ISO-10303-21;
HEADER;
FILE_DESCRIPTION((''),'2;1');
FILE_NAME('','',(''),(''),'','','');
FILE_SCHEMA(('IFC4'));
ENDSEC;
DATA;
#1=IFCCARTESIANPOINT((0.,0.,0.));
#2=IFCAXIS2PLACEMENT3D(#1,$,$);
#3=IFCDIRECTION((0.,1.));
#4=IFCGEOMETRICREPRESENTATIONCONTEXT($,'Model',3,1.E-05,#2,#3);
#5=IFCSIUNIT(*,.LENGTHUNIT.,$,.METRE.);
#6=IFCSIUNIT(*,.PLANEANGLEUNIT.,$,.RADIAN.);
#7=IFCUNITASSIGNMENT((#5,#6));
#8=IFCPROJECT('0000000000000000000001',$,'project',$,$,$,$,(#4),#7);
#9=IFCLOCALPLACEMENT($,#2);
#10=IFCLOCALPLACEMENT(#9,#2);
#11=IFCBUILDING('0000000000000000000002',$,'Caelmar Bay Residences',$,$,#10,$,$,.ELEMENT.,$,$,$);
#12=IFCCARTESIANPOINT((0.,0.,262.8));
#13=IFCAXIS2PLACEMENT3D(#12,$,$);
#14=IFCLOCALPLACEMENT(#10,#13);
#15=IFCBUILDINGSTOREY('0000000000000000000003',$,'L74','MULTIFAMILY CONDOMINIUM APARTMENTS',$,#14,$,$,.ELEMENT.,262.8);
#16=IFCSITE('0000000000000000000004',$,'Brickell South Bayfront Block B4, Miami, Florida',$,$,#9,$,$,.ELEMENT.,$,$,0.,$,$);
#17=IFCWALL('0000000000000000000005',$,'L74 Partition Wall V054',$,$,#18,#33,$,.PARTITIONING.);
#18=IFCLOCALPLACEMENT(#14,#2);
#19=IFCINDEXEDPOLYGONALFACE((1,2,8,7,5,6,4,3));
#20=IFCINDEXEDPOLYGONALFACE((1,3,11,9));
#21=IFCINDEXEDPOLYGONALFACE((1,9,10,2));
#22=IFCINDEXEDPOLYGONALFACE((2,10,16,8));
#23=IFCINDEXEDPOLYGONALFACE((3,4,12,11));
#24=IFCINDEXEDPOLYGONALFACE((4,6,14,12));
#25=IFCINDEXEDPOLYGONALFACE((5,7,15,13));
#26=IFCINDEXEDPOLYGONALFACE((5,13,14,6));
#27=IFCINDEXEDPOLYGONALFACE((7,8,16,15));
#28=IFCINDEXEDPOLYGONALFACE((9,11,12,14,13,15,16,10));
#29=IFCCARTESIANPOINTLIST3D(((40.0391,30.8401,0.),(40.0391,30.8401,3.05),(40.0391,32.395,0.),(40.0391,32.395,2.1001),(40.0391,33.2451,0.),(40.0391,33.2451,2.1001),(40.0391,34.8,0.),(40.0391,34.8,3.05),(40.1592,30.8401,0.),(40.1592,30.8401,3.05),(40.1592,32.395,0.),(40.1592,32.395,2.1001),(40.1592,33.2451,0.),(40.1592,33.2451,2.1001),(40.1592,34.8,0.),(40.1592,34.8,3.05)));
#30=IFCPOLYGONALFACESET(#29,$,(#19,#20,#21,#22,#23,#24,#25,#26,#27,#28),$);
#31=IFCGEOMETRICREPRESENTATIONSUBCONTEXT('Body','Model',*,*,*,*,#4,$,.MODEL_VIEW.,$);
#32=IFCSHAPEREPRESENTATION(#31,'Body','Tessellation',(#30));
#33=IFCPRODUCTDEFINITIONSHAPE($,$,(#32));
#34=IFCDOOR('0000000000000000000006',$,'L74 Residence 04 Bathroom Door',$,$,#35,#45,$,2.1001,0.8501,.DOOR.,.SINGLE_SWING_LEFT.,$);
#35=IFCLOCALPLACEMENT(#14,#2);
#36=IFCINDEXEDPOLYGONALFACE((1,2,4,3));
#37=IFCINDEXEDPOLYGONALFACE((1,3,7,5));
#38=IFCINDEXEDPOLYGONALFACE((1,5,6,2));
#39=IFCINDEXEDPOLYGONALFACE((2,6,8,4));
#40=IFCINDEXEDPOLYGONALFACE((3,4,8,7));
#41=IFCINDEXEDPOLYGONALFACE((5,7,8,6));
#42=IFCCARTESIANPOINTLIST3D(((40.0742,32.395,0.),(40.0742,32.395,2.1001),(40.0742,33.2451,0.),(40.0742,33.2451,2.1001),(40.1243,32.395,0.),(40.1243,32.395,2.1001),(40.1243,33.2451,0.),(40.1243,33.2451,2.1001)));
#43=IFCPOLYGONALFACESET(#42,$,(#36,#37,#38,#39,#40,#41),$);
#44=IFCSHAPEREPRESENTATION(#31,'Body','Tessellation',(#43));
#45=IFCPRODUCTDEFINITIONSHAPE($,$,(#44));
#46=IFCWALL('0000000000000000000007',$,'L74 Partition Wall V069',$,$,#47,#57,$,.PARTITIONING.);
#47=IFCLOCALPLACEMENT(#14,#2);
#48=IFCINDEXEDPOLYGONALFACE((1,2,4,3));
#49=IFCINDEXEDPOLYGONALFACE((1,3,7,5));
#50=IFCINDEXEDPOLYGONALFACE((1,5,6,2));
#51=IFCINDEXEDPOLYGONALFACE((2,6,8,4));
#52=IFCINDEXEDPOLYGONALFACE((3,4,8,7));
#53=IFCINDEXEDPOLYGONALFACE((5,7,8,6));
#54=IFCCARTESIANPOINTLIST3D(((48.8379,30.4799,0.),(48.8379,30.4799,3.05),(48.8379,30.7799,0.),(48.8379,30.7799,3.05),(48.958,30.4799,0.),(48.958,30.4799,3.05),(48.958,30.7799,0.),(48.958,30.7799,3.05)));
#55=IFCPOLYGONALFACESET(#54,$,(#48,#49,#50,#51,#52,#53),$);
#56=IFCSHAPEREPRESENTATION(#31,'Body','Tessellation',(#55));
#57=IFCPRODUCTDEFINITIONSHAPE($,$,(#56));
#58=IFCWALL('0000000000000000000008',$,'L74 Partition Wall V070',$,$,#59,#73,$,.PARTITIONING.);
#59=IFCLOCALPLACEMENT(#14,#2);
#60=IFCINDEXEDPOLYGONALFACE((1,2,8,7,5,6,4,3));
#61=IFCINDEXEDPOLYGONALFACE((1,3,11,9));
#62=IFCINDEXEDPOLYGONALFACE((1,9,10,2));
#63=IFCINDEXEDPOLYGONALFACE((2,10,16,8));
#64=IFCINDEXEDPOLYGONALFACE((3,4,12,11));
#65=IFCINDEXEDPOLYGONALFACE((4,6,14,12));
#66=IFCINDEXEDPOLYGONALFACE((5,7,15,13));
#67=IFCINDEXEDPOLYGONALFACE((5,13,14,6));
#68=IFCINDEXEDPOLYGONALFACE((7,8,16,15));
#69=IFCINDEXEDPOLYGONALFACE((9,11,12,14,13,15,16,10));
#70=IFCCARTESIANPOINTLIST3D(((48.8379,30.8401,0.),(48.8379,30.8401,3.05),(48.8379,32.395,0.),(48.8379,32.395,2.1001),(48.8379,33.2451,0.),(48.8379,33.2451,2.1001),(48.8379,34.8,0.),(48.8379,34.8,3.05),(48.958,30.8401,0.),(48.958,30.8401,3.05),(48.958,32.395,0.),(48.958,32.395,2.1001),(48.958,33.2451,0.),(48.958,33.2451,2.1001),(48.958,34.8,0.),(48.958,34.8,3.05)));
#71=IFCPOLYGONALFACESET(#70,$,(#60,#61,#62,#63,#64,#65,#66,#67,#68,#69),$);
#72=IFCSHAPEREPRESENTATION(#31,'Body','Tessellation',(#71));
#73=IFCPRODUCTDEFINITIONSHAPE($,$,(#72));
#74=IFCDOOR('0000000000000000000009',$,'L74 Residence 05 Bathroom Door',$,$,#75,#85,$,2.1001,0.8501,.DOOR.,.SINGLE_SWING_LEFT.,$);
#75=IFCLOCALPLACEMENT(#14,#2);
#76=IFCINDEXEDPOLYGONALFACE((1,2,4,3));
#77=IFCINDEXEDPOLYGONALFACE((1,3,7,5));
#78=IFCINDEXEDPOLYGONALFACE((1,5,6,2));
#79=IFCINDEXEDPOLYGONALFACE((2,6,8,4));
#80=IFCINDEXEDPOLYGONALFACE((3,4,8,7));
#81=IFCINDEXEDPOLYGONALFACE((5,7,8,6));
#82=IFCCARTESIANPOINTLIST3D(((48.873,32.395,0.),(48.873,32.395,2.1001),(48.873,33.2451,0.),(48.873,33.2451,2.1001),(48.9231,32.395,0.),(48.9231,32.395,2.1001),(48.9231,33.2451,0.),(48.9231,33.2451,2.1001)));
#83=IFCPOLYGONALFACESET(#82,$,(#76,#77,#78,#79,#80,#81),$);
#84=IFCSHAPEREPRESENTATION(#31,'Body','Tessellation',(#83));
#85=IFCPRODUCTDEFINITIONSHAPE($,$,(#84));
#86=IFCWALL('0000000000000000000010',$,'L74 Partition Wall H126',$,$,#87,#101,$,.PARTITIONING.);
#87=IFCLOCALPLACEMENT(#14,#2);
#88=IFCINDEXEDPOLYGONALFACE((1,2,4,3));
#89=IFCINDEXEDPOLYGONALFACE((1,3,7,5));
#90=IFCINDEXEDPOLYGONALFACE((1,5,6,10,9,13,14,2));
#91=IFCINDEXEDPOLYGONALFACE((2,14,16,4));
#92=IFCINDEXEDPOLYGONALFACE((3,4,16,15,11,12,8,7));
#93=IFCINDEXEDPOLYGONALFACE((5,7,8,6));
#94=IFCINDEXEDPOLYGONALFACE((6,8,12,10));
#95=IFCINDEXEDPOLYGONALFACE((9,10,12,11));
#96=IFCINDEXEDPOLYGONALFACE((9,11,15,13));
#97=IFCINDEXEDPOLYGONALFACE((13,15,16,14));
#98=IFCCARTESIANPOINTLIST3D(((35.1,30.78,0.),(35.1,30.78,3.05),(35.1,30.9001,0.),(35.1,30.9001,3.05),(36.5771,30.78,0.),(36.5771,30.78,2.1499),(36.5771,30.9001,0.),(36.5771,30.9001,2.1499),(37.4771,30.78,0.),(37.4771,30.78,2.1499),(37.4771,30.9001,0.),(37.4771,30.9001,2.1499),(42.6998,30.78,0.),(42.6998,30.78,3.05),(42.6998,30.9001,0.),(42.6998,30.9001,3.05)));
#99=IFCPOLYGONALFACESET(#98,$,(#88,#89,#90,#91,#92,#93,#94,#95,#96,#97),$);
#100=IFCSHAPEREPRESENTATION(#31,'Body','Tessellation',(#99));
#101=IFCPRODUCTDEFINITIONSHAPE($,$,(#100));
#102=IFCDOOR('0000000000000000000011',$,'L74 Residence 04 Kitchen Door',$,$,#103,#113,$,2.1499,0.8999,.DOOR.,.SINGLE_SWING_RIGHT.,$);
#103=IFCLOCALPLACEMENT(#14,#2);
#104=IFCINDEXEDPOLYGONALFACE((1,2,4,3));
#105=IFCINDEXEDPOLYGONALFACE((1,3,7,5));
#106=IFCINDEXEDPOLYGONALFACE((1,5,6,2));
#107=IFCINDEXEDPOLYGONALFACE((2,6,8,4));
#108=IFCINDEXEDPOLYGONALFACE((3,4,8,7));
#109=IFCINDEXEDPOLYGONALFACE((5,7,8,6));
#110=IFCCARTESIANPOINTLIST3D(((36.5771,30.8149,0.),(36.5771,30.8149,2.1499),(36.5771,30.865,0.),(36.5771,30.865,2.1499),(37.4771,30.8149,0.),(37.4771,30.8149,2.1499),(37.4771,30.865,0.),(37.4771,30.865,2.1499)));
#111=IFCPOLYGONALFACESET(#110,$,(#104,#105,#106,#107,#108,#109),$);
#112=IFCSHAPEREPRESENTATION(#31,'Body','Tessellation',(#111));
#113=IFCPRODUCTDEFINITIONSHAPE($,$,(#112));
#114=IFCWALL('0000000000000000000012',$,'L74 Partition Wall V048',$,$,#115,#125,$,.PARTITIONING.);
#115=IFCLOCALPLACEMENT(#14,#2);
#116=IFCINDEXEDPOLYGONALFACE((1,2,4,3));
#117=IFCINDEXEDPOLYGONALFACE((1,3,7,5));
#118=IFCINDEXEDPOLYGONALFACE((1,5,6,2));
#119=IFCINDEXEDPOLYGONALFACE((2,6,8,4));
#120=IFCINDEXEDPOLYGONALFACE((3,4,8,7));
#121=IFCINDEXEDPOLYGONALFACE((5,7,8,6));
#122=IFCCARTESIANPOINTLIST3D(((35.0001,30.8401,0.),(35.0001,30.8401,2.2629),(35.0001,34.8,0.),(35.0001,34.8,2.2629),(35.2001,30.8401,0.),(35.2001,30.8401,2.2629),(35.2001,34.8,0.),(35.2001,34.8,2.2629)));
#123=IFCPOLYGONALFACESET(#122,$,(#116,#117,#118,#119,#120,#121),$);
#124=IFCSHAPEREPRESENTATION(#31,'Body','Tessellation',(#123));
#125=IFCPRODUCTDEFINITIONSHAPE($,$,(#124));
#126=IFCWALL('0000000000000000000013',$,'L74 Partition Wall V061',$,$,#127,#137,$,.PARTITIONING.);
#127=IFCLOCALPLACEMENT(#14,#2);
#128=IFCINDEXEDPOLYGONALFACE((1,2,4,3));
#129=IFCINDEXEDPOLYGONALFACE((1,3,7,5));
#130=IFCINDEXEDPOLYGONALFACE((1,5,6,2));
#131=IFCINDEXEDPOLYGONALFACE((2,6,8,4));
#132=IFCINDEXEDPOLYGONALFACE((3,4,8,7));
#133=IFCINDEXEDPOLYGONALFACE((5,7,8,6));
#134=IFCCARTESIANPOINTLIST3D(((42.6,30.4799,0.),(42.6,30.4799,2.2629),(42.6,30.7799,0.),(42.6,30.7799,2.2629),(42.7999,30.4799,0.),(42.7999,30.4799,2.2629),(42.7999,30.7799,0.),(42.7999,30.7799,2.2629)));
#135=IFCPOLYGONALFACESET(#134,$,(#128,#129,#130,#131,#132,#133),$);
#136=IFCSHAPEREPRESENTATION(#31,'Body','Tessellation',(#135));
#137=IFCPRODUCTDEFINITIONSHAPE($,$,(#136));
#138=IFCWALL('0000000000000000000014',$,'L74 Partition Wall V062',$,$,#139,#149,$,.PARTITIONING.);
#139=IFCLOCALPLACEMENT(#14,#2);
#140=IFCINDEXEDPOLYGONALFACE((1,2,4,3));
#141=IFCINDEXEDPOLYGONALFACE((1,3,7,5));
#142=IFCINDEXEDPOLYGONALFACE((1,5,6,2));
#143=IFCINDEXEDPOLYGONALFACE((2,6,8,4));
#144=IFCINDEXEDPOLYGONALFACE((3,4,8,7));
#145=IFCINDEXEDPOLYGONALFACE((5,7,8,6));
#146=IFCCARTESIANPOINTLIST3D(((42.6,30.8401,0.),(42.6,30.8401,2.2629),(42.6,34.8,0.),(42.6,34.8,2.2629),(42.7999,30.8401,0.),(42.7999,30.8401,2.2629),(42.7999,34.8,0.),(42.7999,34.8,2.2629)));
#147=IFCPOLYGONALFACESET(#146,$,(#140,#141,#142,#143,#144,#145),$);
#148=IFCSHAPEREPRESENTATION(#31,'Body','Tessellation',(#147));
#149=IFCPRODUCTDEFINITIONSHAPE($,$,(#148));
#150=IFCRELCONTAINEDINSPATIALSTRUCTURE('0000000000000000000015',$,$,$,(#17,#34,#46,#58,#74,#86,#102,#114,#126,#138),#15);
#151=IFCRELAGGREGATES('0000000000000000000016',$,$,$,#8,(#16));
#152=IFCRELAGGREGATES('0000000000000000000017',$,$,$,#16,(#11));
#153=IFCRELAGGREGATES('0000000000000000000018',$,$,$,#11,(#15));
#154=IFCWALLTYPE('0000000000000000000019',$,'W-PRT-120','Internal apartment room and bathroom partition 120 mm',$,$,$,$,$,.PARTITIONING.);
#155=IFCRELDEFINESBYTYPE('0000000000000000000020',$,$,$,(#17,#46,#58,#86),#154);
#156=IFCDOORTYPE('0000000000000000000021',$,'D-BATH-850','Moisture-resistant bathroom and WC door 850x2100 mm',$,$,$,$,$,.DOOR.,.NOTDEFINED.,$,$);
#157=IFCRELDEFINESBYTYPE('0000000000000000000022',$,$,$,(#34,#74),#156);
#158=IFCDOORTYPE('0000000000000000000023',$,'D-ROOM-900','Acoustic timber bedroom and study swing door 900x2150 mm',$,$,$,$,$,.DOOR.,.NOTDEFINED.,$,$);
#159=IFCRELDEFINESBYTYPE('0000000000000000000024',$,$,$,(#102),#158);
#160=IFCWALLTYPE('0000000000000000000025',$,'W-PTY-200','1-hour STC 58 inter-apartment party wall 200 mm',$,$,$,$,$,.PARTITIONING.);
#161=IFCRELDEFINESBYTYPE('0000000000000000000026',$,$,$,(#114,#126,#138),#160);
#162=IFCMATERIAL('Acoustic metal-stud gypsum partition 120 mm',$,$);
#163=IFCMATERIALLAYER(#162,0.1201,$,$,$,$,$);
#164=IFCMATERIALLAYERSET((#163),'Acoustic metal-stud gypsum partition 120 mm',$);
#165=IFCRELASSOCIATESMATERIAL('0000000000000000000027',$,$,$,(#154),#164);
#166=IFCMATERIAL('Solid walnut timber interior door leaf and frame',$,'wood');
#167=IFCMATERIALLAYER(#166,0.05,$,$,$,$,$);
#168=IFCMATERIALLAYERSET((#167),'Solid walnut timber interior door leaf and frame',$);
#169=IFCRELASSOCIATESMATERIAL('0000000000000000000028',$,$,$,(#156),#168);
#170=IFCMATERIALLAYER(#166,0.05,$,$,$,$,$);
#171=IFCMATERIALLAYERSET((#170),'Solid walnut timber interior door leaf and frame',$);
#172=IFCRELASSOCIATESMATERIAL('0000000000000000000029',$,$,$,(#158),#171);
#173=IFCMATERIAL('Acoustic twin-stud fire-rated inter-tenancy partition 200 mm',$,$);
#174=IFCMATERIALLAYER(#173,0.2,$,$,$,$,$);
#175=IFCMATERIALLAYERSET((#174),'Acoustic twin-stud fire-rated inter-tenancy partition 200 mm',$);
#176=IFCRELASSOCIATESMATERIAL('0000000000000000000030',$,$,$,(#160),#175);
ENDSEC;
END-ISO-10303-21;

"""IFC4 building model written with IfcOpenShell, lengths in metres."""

from ifc_helpers import new_model, si_unit, direction, frame, frame_2d, origin, place, context, subcontext, project, spatial, rectangle, extrude, material, layer, layer_set, type_object, element, fill, save


model = new_model("IFC4")

# Units and contexts
model_context = context("Model", 3, precision=1e-05, world=origin(), true_north=direction((0.0, 1.0)))
body_context = subcontext(model_context, "Body", "Model", "MODEL_VIEW")
ifc_project = project(units=[si_unit("LENGTHUNIT", "METRE"), si_unit("PLANEANGLEUNIT", "RADIAN")], contexts=[model_context])

# Site, building, storey
site_placement = place(None, origin())
site = spatial("IfcSite", under=ifc_project, at=site_placement, Name="Brickell South Bayfront Block B4, Miami, Florida", CompositionType="ELEMENT", RefElevation=0.0)
building_placement = place(site_placement, origin())
building = spatial("IfcBuilding", under=site, at=building_placement, Name="Caelmar Bay Residences", CompositionType="ELEMENT")
storey_placement = place(building_placement, frame((0.0, 0.0, 262.8)))
storey = spatial("IfcBuildingStorey", under=building, at=storey_placement, Name="L74", Description="MULTIFAMILY CONDOMINIUM APARTMENTS", CompositionType="ELEMENT", Elevation=262.8)

# Shared definitions
ifc_material_1 = material(Name="Acoustic metal-stud gypsum partition 120 mm")
ifc_layer_1 = layer(ifc_material_1, 0.1201)
ifc_layer_set_1 = layer_set([ifc_layer_1], Name="Acoustic metal-stud gypsum partition 120 mm")
wall_type_1 = type_object("IfcWallType", Name="W-PRT-120", Description="Internal apartment room and bathroom partition 120 mm", PredefinedType="PARTITIONING", material=ifc_layer_set_1)

# Wall, opening, door
wall_1_placement = place(storey_placement, frame((40.0991, 30.8401, 0.0), z_axis=(0.0, 0.0, 1.0), x_axis=(0.0, 1.0, 0.0)))
wall_1 = element("IfcWall", 1, at=wall_1_placement, inside=storey, type_object=wall_type_1, Name="L74 Partition Wall V054", PredefinedType="PARTITIONING", context=body_context, shape_type="SweptSolid", body=[
    extrude(rectangle(XDim=3.96, YDim=0.1201, at=frame_2d((1.98, 0.0))), origin(), (0.0, 0.0, 1.0), 3.05),
])
opening_1_placement = place(wall_1_placement, frame((1.5549, 0.0, 0.0)))
opening_1 = element("IfcOpeningElement", 2, at=opening_1_placement, cuts=wall_1, PredefinedType="OPENING", context=body_context, shape_type="SweptSolid", body=[
    extrude(rectangle(XDim=0.8501, YDim=2.1001, at=frame_2d((0.425, 1.05))), frame((0.0, 0.0701, 0.0), z_axis=(0.0, -1.0, 0.0), x_axis=(1.0, 0.0, 0.0)), (0.0, 0.0, 1.0), 0.1401),
])
ifc_material_2 = material(Name="Solid walnut timber interior door leaf and frame", Category="wood")
ifc_layer_2 = layer(ifc_material_2, 0.05)
ifc_layer_set_2 = layer_set([ifc_layer_2], Name="Solid walnut timber interior door leaf and frame")
door_type_1 = type_object("IfcDoorType", Name="D-BATH-850", Description="Moisture-resistant bathroom and WC door 850x2100 mm", OperationType="NOTDEFINED", PredefinedType="DOOR", material=ifc_layer_set_2)
door_1_placement = place(opening_1_placement, origin())
door_1 = element("IfcDoor", 3, at=door_1_placement, inside=storey, type_object=door_type_1, Name="L74 Residence 04 Bathroom Door", OperationType="SINGLE_SWING_LEFT", OverallHeight=2.1001, OverallWidth=0.8501, PredefinedType="DOOR", context=body_context, shape_type="SweptSolid", body=[
    extrude(rectangle(XDim=0.8501, YDim=2.1001, at=frame_2d((0.425, 1.05))), frame((0.0, 0.0249, 0.0), z_axis=(0.0, -1.0, 0.0), x_axis=(1.0, 0.0, 0.0)), (0.0, 0.0, 1.0), 0.05),
])
fill(opening_1, door_1)

# Wall
wall_2_placement = place(storey_placement, frame((48.8979, 30.48, 0.0), z_axis=(0.0, 0.0, 1.0), x_axis=(0.0, 1.0, 0.0)))
element("IfcWall", 4, at=wall_2_placement, inside=storey, type_object=wall_type_1, Name="L74 Partition Wall V069", PredefinedType="PARTITIONING", context=body_context, shape_type="SweptSolid", body=[
    extrude(rectangle(XDim=0.3, YDim=0.1201, at=frame_2d((0.1499, 0.0))), origin(), (0.0, 0.0, 1.0), 3.05),
])

# Walls, openings, doors
wall_3_placement = place(storey_placement, frame((48.8979, 30.8401, 0.0), z_axis=(0.0, 0.0, 1.0), x_axis=(0.0, 1.0, 0.0)))
wall_3 = element("IfcWall", 5, at=wall_3_placement, inside=storey, type_object=wall_type_1, Name="L74 Partition Wall V070", PredefinedType="PARTITIONING", context=body_context, shape_type="SweptSolid", body=[
    extrude(rectangle(XDim=3.96, YDim=0.1201, at=frame_2d((1.98, 0.0))), origin(), (0.0, 0.0, 1.0), 3.05),
])
opening_2_placement = place(wall_3_placement, frame((1.5549, 0.0, 0.0)))
opening_2 = element("IfcOpeningElement", 6, at=opening_2_placement, cuts=wall_3, PredefinedType="OPENING", context=body_context, shape_type="SweptSolid", body=[
    extrude(rectangle(XDim=0.8501, YDim=2.1001, at=frame_2d((0.425, 1.05))), frame((0.0, 0.0701, 0.0), z_axis=(0.0, -1.0, 0.0), x_axis=(1.0, 0.0, 0.0)), (0.0, 0.0, 1.0), 0.1401),
])
door_2_placement = place(opening_2_placement, origin())
door_2 = element("IfcDoor", 7, at=door_2_placement, inside=storey, type_object=door_type_1, Name="L74 Residence 05 Bathroom Door", OperationType="SINGLE_SWING_LEFT", OverallHeight=2.1001, OverallWidth=0.8501, PredefinedType="DOOR", context=body_context, shape_type="SweptSolid", body=[
    extrude(rectangle(XDim=0.8501, YDim=2.1001, at=frame_2d((0.425, 1.05))), frame((0.0, 0.0249, 0.0), z_axis=(0.0, -1.0, 0.0), x_axis=(1.0, 0.0, 0.0)), (0.0, 0.0, 1.0), 0.05),
])
fill(opening_2, door_2)
wall_4_placement = place(storey_placement, frame((35.1001, 30.8401, 0.0), z_axis=(0.0, 0.0, 1.0), x_axis=(1.0, 0.0, 0.0)))
wall_4 = element("IfcWall", 8, at=wall_4_placement, inside=storey, type_object=wall_type_1, Name="L74 Partition Wall H126", PredefinedType="PARTITIONING", context=body_context, shape_type="SweptSolid", body=[
    extrude(rectangle(XDim=7.5999, YDim=0.1201, at=frame_2d((3.7998, 0.0))), origin(), (0.0, 0.0, 1.0), 3.05),
])
opening_3_placement = place(wall_4_placement, frame((1.4771, 0.0, 0.0)))
opening_3 = element("IfcOpeningElement", 9, at=opening_3_placement, cuts=wall_4, PredefinedType="OPENING", context=body_context, shape_type="SweptSolid", body=[
    extrude(rectangle(XDim=0.8999, YDim=2.1499, at=frame_2d((0.45, 1.075))), frame((0.0, 0.0701, 0.0), z_axis=(0.0, -1.0, 0.0), x_axis=(1.0, 0.0, 0.0)), (0.0, 0.0, 1.0), 0.1401),
])
ifc_layer_3 = layer(ifc_material_2, 0.05)
ifc_layer_set_3 = layer_set([ifc_layer_3], Name="Solid walnut timber interior door leaf and frame")
door_type_2 = type_object("IfcDoorType", Name="D-ROOM-900", Description="Acoustic timber bedroom and study swing door 900x2150 mm", OperationType="NOTDEFINED", PredefinedType="DOOR", material=ifc_layer_set_3)
door_3_placement = place(opening_3_placement, origin())
door_3 = element("IfcDoor", 10, at=door_3_placement, inside=storey, type_object=door_type_2, Name="L74 Residence 04 Kitchen Door", OperationType="SINGLE_SWING_RIGHT", OverallHeight=2.1499, OverallWidth=0.8999, PredefinedType="DOOR", context=body_context, shape_type="SweptSolid", body=[
    extrude(rectangle(XDim=0.8999, YDim=2.1499, at=frame_2d((0.45, 1.075))), frame((0.0, 0.0249, 0.0), z_axis=(0.0, -1.0, 0.0), x_axis=(1.0, 0.0, 0.0)), (0.0, 0.0, 1.0), 0.05),
])
fill(opening_3, door_3)

# Walls
ifc_material_3 = material(Name="Acoustic twin-stud fire-rated inter-tenancy partition 200 mm")
ifc_layer_4 = layer(ifc_material_3, 0.2)
ifc_layer_set_4 = layer_set([ifc_layer_4], Name="Acoustic twin-stud fire-rated inter-tenancy partition 200 mm")
wall_type_2 = type_object("IfcWallType", Name="W-PTY-200", Description="1-hour STC 58 inter-apartment party wall 200 mm", PredefinedType="PARTITIONING", material=ifc_layer_set_4)
wall_5_placement = place(storey_placement, frame((35.1001, 30.8401, 0.0), z_axis=(0.0, 0.0, 1.0), x_axis=(0.0, 1.0, 0.0)))
element("IfcWall", 11, at=wall_5_placement, inside=storey, type_object=wall_type_2, Name="L74 Partition Wall V048", PredefinedType="PARTITIONING", context=body_context, shape_type="SweptSolid", body=[
    extrude(rectangle(XDim=3.96, YDim=0.2, at=frame_2d((1.98, 0.0))), origin(), (0.0, 0.0, 1.0), 2.2629),
])
wall_6_placement = place(storey_placement, frame((42.7, 30.48, 0.0), z_axis=(0.0, 0.0, 1.0), x_axis=(0.0, 1.0, 0.0)))
element("IfcWall", 12, at=wall_6_placement, inside=storey, type_object=wall_type_2, Name="L74 Partition Wall V061", PredefinedType="PARTITIONING", context=body_context, shape_type="SweptSolid", body=[
    extrude(rectangle(XDim=0.3, YDim=0.2, at=frame_2d((0.1499, 0.0))), origin(), (0.0, 0.0, 1.0), 2.2629),
])
wall_7_placement = place(storey_placement, frame((42.7, 30.8401, 0.0), z_axis=(0.0, 0.0, 1.0), x_axis=(0.0, 1.0, 0.0)))
element("IfcWall", 13, at=wall_7_placement, inside=storey, type_object=wall_type_2, Name="L74 Partition Wall V062", PredefinedType="PARTITIONING", context=body_context, shape_type="SweptSolid", body=[
    extrude(rectangle(XDim=3.96, YDim=0.2, at=frame_2d((1.98, 0.0))), origin(), (0.0, 0.0, 1.0), 2.2629),
])

save(model, "model.ifc")
